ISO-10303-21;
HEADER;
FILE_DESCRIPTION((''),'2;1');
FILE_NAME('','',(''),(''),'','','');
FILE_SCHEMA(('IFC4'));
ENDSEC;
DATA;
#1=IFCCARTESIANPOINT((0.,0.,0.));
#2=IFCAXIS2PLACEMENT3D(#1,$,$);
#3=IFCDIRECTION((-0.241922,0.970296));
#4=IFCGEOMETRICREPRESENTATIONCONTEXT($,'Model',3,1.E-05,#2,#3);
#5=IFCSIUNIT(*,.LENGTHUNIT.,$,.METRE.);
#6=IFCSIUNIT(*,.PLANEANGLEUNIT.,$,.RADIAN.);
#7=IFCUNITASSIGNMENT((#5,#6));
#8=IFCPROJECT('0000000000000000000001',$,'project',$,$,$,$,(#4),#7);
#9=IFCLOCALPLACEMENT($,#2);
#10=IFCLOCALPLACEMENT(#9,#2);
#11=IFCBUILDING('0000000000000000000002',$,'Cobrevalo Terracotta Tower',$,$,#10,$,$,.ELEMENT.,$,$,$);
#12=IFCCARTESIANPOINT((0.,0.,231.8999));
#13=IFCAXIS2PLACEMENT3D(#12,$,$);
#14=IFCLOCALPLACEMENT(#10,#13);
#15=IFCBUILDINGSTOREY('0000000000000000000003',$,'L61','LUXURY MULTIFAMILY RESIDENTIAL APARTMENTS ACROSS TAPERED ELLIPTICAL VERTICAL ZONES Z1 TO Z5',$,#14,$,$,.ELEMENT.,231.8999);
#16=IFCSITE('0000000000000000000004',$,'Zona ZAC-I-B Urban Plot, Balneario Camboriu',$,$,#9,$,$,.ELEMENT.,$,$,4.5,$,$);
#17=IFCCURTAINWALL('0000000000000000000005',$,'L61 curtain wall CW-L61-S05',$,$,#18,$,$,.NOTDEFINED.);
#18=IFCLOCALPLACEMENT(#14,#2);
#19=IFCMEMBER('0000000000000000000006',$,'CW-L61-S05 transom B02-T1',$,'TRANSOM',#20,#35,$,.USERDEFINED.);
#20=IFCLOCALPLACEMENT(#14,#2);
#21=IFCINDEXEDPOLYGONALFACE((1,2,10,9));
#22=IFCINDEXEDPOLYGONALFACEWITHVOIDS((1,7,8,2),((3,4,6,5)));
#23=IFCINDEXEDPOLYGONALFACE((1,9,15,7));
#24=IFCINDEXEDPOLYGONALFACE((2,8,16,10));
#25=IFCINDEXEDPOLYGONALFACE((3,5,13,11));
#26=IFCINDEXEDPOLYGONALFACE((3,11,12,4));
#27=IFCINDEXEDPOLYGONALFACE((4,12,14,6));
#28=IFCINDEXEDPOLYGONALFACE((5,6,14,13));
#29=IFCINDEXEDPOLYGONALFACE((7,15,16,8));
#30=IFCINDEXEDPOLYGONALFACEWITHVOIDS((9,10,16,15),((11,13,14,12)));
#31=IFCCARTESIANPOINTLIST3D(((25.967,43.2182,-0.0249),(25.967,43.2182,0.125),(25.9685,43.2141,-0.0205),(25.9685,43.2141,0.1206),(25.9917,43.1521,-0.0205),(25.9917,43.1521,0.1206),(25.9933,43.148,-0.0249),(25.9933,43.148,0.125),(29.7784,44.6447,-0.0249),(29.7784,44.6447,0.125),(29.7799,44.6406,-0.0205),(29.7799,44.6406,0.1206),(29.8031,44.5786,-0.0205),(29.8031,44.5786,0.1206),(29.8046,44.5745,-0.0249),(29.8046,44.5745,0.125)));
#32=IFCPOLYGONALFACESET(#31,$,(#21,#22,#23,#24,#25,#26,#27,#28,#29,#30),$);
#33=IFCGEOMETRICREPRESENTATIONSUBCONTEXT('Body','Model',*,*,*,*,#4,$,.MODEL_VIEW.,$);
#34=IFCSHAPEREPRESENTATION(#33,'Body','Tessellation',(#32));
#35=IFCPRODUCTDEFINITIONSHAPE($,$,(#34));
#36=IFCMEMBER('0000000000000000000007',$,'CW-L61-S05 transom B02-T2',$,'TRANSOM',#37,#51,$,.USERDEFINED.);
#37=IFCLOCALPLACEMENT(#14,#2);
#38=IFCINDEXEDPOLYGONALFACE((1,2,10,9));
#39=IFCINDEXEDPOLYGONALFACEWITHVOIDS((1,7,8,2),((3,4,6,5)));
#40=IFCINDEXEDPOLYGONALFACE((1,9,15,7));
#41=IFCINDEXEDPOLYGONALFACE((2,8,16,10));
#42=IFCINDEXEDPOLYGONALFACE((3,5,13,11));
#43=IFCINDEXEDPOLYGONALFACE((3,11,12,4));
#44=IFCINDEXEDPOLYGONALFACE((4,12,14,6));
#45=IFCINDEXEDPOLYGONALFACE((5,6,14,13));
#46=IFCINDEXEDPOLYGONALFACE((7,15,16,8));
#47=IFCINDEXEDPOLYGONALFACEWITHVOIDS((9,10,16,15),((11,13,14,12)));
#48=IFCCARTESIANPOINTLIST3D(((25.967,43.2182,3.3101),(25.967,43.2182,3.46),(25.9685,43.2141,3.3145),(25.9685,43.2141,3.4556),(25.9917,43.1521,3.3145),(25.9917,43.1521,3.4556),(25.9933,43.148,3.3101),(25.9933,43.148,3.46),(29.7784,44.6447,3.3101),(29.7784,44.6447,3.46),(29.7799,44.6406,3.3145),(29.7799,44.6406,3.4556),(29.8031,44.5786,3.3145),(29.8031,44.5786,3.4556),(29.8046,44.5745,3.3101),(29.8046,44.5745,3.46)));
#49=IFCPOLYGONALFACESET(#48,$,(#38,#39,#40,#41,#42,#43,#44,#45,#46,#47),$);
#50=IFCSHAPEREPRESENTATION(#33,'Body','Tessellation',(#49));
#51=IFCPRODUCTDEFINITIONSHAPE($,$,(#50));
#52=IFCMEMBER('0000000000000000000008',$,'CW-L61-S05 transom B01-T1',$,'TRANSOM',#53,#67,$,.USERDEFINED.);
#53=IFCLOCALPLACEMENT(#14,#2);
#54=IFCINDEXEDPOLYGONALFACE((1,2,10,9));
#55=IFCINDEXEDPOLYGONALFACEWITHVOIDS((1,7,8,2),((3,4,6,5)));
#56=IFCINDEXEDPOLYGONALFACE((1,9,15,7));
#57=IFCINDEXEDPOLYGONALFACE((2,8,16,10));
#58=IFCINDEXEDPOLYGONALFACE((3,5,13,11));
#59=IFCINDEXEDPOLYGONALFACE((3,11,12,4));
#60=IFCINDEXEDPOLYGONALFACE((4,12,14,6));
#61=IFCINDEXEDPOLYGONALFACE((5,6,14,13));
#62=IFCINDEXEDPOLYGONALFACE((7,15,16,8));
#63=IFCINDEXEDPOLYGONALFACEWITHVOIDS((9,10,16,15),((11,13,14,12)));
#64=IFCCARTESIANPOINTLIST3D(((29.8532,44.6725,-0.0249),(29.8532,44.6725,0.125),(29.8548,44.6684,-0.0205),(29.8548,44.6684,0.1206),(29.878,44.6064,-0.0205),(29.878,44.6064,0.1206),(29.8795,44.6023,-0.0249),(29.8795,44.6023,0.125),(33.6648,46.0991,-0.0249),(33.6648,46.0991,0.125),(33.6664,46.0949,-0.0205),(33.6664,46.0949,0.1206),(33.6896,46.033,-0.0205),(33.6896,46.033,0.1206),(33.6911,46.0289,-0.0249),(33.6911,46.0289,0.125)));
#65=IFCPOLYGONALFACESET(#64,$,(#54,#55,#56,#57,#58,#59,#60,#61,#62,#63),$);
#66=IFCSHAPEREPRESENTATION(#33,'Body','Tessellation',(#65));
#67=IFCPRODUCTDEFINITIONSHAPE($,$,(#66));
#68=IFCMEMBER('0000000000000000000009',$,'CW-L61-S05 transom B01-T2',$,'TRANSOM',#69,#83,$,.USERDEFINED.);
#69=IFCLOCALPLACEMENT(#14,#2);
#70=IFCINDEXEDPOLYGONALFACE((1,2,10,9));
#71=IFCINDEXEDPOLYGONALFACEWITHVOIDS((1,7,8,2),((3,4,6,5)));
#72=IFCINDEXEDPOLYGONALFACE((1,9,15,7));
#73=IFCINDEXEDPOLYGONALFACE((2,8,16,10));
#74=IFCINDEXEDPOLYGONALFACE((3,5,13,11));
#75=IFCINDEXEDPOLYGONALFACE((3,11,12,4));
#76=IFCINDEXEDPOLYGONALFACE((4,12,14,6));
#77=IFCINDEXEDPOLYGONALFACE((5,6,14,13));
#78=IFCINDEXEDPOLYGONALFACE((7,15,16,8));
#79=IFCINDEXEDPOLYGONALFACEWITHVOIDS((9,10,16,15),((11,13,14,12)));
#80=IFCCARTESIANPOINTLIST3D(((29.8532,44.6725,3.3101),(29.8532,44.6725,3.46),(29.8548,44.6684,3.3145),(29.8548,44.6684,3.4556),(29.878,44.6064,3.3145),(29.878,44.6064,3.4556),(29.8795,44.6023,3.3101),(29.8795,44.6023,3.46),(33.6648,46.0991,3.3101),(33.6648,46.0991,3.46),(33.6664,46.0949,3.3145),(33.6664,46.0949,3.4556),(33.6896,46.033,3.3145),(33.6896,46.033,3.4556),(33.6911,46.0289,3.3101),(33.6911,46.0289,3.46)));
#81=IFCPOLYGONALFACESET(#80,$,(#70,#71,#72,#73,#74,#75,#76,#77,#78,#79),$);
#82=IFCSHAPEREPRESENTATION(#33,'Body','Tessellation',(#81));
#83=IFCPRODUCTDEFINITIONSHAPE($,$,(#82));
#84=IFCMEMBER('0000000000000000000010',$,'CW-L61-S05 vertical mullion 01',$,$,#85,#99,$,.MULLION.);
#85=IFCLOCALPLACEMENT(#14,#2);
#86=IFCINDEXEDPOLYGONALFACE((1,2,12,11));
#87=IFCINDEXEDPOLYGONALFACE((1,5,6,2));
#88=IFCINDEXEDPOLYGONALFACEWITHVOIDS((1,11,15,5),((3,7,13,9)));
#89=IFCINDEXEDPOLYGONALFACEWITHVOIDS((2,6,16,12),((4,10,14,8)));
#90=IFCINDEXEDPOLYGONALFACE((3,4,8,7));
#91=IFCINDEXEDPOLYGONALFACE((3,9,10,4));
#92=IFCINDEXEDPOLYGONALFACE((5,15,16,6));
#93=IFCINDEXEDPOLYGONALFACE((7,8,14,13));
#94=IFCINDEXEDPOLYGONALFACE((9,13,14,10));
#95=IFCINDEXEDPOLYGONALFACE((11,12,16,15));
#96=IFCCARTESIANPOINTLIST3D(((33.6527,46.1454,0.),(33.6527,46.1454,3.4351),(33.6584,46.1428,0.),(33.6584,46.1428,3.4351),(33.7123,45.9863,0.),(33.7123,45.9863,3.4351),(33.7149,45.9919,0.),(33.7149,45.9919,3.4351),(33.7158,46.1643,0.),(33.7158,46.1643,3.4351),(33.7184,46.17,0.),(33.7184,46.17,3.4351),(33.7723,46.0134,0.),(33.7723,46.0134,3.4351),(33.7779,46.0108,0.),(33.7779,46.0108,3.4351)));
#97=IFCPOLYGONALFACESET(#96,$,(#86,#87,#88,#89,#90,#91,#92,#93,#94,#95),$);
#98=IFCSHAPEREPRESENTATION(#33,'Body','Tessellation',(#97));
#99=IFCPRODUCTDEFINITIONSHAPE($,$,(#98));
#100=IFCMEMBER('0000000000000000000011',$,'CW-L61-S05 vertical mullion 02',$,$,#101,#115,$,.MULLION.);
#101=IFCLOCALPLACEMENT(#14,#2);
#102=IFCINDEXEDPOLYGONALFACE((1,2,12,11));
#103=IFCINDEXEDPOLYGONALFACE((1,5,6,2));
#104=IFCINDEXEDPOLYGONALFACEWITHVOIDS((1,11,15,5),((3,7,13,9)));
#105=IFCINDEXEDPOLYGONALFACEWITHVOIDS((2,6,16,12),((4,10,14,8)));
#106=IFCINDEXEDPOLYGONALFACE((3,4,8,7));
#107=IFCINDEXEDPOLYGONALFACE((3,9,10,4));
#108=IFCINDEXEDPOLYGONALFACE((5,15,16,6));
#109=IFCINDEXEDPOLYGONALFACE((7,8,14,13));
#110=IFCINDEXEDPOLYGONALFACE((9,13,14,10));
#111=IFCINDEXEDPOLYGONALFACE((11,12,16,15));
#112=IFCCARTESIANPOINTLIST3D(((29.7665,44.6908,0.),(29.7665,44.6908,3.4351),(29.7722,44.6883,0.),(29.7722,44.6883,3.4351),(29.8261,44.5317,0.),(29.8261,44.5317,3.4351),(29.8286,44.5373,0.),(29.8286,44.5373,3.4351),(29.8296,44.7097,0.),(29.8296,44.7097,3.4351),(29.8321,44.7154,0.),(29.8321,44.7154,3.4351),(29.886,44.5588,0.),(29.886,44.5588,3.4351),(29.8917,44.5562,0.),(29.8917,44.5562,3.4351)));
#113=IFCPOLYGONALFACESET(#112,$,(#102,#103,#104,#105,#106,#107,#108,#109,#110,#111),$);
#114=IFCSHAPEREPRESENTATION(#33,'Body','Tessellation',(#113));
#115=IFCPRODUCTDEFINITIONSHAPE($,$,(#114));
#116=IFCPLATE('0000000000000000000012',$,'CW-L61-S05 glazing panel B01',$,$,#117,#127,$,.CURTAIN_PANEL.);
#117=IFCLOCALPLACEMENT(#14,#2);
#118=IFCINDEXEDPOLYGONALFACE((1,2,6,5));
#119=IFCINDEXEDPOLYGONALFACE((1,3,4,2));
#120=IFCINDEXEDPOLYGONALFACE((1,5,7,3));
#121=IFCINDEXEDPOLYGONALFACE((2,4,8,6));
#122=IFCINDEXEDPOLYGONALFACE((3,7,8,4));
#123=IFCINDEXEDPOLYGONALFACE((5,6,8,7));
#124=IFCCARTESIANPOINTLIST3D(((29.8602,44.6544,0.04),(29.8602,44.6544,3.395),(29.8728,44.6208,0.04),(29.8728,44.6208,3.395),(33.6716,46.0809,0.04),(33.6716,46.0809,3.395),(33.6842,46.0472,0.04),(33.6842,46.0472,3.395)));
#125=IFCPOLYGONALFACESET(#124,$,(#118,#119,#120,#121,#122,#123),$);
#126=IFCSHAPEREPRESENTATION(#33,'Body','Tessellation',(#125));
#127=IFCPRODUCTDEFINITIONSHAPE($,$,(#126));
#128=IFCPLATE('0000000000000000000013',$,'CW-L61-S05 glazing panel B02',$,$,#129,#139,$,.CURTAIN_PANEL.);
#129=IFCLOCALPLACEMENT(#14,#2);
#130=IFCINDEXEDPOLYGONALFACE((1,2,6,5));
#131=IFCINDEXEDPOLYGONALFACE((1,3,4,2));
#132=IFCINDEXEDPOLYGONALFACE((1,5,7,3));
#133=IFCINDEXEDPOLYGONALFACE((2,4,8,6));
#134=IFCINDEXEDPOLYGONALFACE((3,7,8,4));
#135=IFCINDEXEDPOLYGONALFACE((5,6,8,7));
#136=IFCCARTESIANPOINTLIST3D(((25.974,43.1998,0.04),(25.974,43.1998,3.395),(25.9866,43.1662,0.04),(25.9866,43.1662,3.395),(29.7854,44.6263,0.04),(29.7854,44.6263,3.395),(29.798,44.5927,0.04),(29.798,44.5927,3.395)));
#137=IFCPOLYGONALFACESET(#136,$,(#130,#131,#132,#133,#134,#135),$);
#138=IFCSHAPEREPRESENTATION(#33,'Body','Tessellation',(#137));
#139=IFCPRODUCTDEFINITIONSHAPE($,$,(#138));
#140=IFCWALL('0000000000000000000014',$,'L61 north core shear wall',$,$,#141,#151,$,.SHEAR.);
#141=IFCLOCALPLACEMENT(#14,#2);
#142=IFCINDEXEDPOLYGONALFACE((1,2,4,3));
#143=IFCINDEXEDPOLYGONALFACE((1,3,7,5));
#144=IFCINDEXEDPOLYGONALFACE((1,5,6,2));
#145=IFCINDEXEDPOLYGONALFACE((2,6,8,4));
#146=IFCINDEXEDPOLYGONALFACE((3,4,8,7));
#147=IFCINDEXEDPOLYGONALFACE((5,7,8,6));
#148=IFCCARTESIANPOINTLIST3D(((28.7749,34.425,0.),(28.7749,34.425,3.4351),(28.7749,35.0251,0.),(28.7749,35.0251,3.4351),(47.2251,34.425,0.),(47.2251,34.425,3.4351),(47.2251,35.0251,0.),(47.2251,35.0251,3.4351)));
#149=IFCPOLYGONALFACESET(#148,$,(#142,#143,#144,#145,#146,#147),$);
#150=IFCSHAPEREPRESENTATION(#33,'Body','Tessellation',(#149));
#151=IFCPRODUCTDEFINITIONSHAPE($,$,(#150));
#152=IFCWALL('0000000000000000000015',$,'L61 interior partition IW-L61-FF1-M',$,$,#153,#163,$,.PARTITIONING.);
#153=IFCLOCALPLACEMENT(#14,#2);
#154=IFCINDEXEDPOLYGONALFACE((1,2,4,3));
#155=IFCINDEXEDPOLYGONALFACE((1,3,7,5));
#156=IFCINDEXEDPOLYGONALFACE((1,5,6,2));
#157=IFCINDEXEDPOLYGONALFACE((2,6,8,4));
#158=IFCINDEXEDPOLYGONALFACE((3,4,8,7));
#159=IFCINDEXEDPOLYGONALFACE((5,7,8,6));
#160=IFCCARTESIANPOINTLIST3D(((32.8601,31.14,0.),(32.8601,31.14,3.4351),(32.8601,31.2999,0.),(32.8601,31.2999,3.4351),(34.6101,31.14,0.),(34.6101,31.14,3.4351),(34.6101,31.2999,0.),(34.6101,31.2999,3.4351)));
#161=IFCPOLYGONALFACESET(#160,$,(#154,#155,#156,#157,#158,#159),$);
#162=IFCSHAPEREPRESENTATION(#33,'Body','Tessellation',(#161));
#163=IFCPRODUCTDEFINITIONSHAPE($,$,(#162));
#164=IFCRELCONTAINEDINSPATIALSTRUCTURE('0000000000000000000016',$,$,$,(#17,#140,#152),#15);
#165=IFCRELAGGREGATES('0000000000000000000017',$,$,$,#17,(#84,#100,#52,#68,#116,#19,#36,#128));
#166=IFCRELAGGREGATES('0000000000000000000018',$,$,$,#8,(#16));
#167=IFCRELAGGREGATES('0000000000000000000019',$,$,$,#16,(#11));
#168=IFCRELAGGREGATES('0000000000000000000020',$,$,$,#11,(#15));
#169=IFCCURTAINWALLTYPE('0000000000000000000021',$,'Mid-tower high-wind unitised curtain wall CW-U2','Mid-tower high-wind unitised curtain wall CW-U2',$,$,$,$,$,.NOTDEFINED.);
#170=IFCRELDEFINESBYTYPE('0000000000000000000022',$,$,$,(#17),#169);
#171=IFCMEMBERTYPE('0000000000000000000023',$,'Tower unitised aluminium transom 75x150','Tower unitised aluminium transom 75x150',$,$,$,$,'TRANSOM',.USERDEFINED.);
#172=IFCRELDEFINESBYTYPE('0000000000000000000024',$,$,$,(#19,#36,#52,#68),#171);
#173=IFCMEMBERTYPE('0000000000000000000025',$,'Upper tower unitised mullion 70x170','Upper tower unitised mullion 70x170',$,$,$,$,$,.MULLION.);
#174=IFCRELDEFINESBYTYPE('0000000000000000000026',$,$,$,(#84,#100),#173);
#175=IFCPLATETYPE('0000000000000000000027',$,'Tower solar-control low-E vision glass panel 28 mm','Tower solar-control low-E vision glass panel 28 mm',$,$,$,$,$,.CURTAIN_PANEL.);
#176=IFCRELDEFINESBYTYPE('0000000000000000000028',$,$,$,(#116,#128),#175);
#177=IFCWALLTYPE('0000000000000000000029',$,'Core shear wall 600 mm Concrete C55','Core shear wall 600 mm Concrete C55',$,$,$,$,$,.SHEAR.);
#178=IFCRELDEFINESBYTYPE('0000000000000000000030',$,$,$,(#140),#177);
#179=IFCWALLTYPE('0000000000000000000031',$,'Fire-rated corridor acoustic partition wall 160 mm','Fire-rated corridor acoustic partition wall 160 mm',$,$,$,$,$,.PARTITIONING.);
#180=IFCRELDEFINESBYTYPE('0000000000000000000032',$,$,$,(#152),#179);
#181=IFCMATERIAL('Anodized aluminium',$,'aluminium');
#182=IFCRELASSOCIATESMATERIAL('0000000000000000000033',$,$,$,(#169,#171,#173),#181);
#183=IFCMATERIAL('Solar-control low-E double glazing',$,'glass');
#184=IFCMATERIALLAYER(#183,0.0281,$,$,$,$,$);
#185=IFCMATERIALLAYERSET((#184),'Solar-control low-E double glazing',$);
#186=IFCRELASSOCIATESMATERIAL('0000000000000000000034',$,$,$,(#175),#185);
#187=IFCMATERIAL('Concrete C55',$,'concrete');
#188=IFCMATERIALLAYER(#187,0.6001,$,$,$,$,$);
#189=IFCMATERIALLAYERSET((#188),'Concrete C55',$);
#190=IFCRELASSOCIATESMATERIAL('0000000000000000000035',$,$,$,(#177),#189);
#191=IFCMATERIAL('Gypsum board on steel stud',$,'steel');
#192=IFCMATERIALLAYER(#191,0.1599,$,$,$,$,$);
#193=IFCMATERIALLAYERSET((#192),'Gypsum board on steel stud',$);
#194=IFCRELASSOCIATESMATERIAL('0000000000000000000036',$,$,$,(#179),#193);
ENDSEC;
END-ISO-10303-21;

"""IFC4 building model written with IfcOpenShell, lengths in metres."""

from ifc_helpers import new_model, si_unit, direction, frame, frame_2d, origin, origin_2d, place, context, subcontext, project, spatial, rectangle, hollow_rectangle, extrude, source, transform, mapped, material, layer, layer_set, material_profile, profile_set, type_object, element, aggregate, save


model = new_model("IFC4")

# Units and contexts
model_context = context("Model", 3, precision=1e-05, world=origin(), true_north=direction((-0.241922, 0.970296)))
body_context = subcontext(model_context, "Body", "Model", "MODEL_VIEW")
ifc_project = project(units=[si_unit("LENGTHUNIT", "METRE"), si_unit("PLANEANGLEUNIT", "RADIAN")], contexts=[model_context])

# Site, building, storey
site_placement = place(None, origin())
site = spatial("IfcSite", under=ifc_project, at=site_placement, Name="Zona ZAC-I-B Urban Plot, Balneario Camboriu", CompositionType="ELEMENT", RefElevation=4.5)
building_placement = place(site_placement, origin())
building = spatial("IfcBuilding", under=site, at=building_placement, Name="Cobrevalo Terracotta Tower", CompositionType="ELEMENT")
storey_placement = place(building_placement, frame((0.0, 0.0, 231.8999)))
storey = spatial("IfcBuildingStorey", under=building, at=storey_placement, Name="L61", Description="LUXURY MULTIFAMILY RESIDENTIAL APARTMENTS ACROSS TAPERED ELLIPTICAL VERTICAL ZONES Z1 TO Z5", CompositionType="ELEMENT", Elevation=231.8999)

# Curtain wall, members, plates
ifc_material_1 = material(Name="Anodized aluminium", Category="aluminium")
curtain_wall_type = type_object("IfcCurtainWallType", Name="Mid-tower high-wind unitised curtain wall CW-U2", Description="Mid-tower high-wind unitised curtain wall CW-U2", PredefinedType="NOTDEFINED", material=ifc_material_1)
curtain_wall_placement = place(storey_placement, origin())
curtain_wall = element("IfcCurtainWall", 1, at=curtain_wall_placement, inside=storey, type_object=curtain_wall_type, Name="L61 curtain wall CW-L61-S05", PredefinedType="NOTDEFINED")
ifc_material_profile_1 = material_profile(ifc_material_1, hollow_rectangle(XDim=0.075, YDim=0.1499, WallThickness=0.0044, at=origin_2d()), Name="CWT 75x150")
ifc_profile_set_1 = profile_set([ifc_material_profile_1], Name="Anodized aluminium")
member_type_1 = type_object("IfcMemberType", Name="Tower unitised aluminium transom 75x150", Description="Tower unitised aluminium transom 75x150", ElementType="TRANSOM", PredefinedType="USERDEFINED", material=ifc_profile_set_1)
shared_shape_1 = source(origin(), body_context, "Body", "SweptSolid", [
    extrude(hollow_rectangle(XDim=0.075, YDim=0.1499, WallThickness=0.0044, at=origin_2d()), origin(), (0.0, 0.0, 1.0), 4.0696),
])
member_1_placement = place(storey_placement, frame((29.7915, 44.6096, 0.05), z_axis=(-0.936548, -0.350538, 0.0), x_axis=(0.350538, -0.936548, 0.0)))
member_1 = element("IfcMember", 2, at=member_1_placement, type_object=member_type_1, Name="CW-L61-S05 transom B02-T1", ObjectType="TRANSOM", PredefinedType="USERDEFINED", context=body_context, shape_type="MappedRepresentation", body=[
    mapped(shared_shape_1, transform((0.0, 0.0, 0.0), scale=1.0)),
])
member_2_placement = place(storey_placement, frame((29.7915, 44.6096, 3.385), z_axis=(-0.936548, -0.350538, 0.0), x_axis=(0.350538, -0.936548, 0.0)))
member_2 = element("IfcMember", 3, at=member_2_placement, type_object=member_type_1, Name="CW-L61-S05 transom B02-T2", ObjectType="TRANSOM", PredefinedType="USERDEFINED", context=body_context, shape_type="MappedRepresentation", body=[
    mapped(shared_shape_1, transform((0.0, 0.0, 0.0), scale=1.0)),
])
shared_shape_2 = source(origin(), body_context, "Body", "SweptSolid", [
    extrude(hollow_rectangle(XDim=0.075, YDim=0.1499, WallThickness=0.0044, at=origin_2d()), origin(), (0.0, 0.0, 1.0), 4.0698),
])
member_3_placement = place(storey_placement, frame((33.678, 46.064, 0.05), z_axis=(-0.936556, -0.350519, 0.0), x_axis=(0.350519, -0.936556, 0.0)))
member_3 = element("IfcMember", 4, at=member_3_placement, type_object=member_type_1, Name="CW-L61-S05 transom B01-T1", ObjectType="TRANSOM", PredefinedType="USERDEFINED", context=body_context, shape_type="MappedRepresentation", body=[
    mapped(shared_shape_2, transform((0.0, 0.0, 0.0), scale=1.0)),
])
member_4_placement = place(storey_placement, frame((33.678, 46.064, 3.385), z_axis=(-0.936556, -0.350519, 0.0), x_axis=(0.350519, -0.936556, 0.0)))
member_4 = element("IfcMember", 5, at=member_4_placement, type_object=member_type_1, Name="CW-L61-S05 transom B01-T2", ObjectType="TRANSOM", PredefinedType="USERDEFINED", context=body_context, shape_type="MappedRepresentation", body=[
    mapped(shared_shape_2, transform((0.0, 0.0, 0.0), scale=1.0)),
])
ifc_material_profile_2 = material_profile(ifc_material_1, hollow_rectangle(XDim=0.0701, YDim=0.1699, WallThickness=0.0044, at=origin_2d()), Name="CWM 70x170")
ifc_profile_set_2 = profile_set([ifc_material_profile_2], Name="Anodized aluminium")
member_type_2 = type_object("IfcMemberType", Name="Upper tower unitised mullion 70x170", Description="Upper tower unitised mullion 70x170", PredefinedType="MULLION", material=ifc_profile_set_2)
shared_shape_3 = source(origin(), body_context, "Body", "SweptSolid", [
    extrude(hollow_rectangle(XDim=0.0701, YDim=0.1699, WallThickness=0.0044, at=origin_2d()), origin(), (0.0, 0.0, 1.0), 3.4351),
])
member_5_placement = place(storey_placement, frame((33.7153, 46.0781, 0.0), z_axis=(0.0, 0.0, 1.0), x_axis=(-0.936556, -0.350518, 0.0)))
member_5 = element("IfcMember", 6, at=member_5_placement, type_object=member_type_2, Name="CW-L61-S05 vertical mullion 01", PredefinedType="MULLION", context=body_context, shape_type="MappedRepresentation", body=[
    mapped(shared_shape_3, transform((0.0, 0.0, 0.0), scale=1.0)),
])
member_6_placement = place(storey_placement, frame((29.8291, 44.6235, 0.0), z_axis=(0.0, 0.0, 1.0), x_axis=(-0.936556, -0.350518, 0.0)))
member_6 = element("IfcMember", 7, at=member_6_placement, type_object=member_type_2, Name="CW-L61-S05 vertical mullion 02", PredefinedType="MULLION", context=body_context, shape_type="MappedRepresentation", body=[
    mapped(shared_shape_3, transform((0.0, 0.0, 0.0), scale=1.0)),
])
ifc_material_2 = material(Name="Solar-control low-E double glazing", Category="glass")
ifc_layer_1 = layer(ifc_material_2, 0.0281)
ifc_layer_set_1 = layer_set([ifc_layer_1], Name="Solar-control low-E double glazing")
plate_type = type_object("IfcPlateType", Name="Tower solar-control low-E vision glass panel 28 mm", Description="Tower solar-control low-E vision glass panel 28 mm", PredefinedType="CURTAIN_PANEL", material=ifc_layer_set_1)
shared_shape_4 = source(origin(), body_context, "Body", "SweptSolid", [
    extrude(rectangle(XDim=4.0696, YDim=0.0359, at=origin_2d()), origin(), (0.0, 0.0, 1.0), 3.355),
])
plate_1_placement = place(storey_placement, frame((31.7722, 45.3508, 0.04), z_axis=(0.0, 0.0, 1.0), x_axis=(-0.936558, -0.350513, 0.0)))
plate_1 = element("IfcPlate", 8, at=plate_1_placement, type_object=plate_type, Name="CW-L61-S05 glazing panel B01", PredefinedType="CURTAIN_PANEL", context=body_context, shape_type="MappedRepresentation", body=[
    mapped(shared_shape_4, transform((0.0, 0.0, 0.0), scale=1.0)),
])
plate_2_placement = place(storey_placement, frame((27.886, 43.8962, 0.04), z_axis=(0.0, 0.0, 1.0), x_axis=(-0.936558, -0.350513, 0.0)))
plate_2 = element("IfcPlate", 9, at=plate_2_placement, type_object=plate_type, Name="CW-L61-S05 glazing panel B02", PredefinedType="CURTAIN_PANEL", context=body_context, shape_type="MappedRepresentation", body=[
    mapped(shared_shape_4, transform((0.0, 0.0, 0.0), scale=1.0)),
])
aggregate(curtain_wall, [member_5, member_6, member_3, member_4, plate_1, member_1, member_2, plate_2])

# Walls
ifc_material_3 = material(Name="Concrete C55", Category="concrete")
ifc_layer_2 = layer(ifc_material_3, 0.6001)
ifc_layer_set_2 = layer_set([ifc_layer_2], Name="Concrete C55")
wall_type_1 = type_object("IfcWallType", Name="Core shear wall 600 mm Concrete C55", Description="Core shear wall 600 mm Concrete C55", PredefinedType="SHEAR", material=ifc_layer_set_2)
wall_1_placement = place(storey_placement, frame((28.7749, 34.7251, 0.0), z_axis=(0.0, 0.0, 1.0), x_axis=(1.0, 0.0, 0.0)))
element("IfcWall", 10, at=wall_1_placement, inside=storey, type_object=wall_type_1, Name="L61 north core shear wall", PredefinedType="SHEAR", context=body_context, shape_type="SweptSolid", body=[
    extrude(rectangle(XDim=18.4502, YDim=0.6001, at=frame_2d((9.2251, 0.0))), origin(), (0.0, 0.0, 1.0), 3.4351),
])
ifc_material_4 = material(Name="Gypsum board on steel stud", Category="steel")
ifc_layer_3 = layer(ifc_material_4, 0.1599)
ifc_layer_set_3 = layer_set([ifc_layer_3], Name="Gypsum board on steel stud")
wall_type_2 = type_object("IfcWallType", Name="Fire-rated corridor acoustic partition wall 160 mm", Description="Fire-rated corridor acoustic partition wall 160 mm", PredefinedType="PARTITIONING", material=ifc_layer_set_3)
wall_2_placement = place(storey_placement, frame((32.8601, 31.22, 0.0), z_axis=(0.0, 0.0, 1.0), x_axis=(1.0, 0.0, 0.0)))
element("IfcWall", 11, at=wall_2_placement, inside=storey, type_object=wall_type_2, Name="L61 interior partition IW-L61-FF1-M", PredefinedType="PARTITIONING", context=body_context, shape_type="SweptSolid", body=[
    extrude(rectangle(XDim=1.75, YDim=0.1599, at=frame_2d((0.875, 0.0))), origin(), (0.0, 0.0, 1.0), 3.4351),
])

save(model, "model.ifc")
